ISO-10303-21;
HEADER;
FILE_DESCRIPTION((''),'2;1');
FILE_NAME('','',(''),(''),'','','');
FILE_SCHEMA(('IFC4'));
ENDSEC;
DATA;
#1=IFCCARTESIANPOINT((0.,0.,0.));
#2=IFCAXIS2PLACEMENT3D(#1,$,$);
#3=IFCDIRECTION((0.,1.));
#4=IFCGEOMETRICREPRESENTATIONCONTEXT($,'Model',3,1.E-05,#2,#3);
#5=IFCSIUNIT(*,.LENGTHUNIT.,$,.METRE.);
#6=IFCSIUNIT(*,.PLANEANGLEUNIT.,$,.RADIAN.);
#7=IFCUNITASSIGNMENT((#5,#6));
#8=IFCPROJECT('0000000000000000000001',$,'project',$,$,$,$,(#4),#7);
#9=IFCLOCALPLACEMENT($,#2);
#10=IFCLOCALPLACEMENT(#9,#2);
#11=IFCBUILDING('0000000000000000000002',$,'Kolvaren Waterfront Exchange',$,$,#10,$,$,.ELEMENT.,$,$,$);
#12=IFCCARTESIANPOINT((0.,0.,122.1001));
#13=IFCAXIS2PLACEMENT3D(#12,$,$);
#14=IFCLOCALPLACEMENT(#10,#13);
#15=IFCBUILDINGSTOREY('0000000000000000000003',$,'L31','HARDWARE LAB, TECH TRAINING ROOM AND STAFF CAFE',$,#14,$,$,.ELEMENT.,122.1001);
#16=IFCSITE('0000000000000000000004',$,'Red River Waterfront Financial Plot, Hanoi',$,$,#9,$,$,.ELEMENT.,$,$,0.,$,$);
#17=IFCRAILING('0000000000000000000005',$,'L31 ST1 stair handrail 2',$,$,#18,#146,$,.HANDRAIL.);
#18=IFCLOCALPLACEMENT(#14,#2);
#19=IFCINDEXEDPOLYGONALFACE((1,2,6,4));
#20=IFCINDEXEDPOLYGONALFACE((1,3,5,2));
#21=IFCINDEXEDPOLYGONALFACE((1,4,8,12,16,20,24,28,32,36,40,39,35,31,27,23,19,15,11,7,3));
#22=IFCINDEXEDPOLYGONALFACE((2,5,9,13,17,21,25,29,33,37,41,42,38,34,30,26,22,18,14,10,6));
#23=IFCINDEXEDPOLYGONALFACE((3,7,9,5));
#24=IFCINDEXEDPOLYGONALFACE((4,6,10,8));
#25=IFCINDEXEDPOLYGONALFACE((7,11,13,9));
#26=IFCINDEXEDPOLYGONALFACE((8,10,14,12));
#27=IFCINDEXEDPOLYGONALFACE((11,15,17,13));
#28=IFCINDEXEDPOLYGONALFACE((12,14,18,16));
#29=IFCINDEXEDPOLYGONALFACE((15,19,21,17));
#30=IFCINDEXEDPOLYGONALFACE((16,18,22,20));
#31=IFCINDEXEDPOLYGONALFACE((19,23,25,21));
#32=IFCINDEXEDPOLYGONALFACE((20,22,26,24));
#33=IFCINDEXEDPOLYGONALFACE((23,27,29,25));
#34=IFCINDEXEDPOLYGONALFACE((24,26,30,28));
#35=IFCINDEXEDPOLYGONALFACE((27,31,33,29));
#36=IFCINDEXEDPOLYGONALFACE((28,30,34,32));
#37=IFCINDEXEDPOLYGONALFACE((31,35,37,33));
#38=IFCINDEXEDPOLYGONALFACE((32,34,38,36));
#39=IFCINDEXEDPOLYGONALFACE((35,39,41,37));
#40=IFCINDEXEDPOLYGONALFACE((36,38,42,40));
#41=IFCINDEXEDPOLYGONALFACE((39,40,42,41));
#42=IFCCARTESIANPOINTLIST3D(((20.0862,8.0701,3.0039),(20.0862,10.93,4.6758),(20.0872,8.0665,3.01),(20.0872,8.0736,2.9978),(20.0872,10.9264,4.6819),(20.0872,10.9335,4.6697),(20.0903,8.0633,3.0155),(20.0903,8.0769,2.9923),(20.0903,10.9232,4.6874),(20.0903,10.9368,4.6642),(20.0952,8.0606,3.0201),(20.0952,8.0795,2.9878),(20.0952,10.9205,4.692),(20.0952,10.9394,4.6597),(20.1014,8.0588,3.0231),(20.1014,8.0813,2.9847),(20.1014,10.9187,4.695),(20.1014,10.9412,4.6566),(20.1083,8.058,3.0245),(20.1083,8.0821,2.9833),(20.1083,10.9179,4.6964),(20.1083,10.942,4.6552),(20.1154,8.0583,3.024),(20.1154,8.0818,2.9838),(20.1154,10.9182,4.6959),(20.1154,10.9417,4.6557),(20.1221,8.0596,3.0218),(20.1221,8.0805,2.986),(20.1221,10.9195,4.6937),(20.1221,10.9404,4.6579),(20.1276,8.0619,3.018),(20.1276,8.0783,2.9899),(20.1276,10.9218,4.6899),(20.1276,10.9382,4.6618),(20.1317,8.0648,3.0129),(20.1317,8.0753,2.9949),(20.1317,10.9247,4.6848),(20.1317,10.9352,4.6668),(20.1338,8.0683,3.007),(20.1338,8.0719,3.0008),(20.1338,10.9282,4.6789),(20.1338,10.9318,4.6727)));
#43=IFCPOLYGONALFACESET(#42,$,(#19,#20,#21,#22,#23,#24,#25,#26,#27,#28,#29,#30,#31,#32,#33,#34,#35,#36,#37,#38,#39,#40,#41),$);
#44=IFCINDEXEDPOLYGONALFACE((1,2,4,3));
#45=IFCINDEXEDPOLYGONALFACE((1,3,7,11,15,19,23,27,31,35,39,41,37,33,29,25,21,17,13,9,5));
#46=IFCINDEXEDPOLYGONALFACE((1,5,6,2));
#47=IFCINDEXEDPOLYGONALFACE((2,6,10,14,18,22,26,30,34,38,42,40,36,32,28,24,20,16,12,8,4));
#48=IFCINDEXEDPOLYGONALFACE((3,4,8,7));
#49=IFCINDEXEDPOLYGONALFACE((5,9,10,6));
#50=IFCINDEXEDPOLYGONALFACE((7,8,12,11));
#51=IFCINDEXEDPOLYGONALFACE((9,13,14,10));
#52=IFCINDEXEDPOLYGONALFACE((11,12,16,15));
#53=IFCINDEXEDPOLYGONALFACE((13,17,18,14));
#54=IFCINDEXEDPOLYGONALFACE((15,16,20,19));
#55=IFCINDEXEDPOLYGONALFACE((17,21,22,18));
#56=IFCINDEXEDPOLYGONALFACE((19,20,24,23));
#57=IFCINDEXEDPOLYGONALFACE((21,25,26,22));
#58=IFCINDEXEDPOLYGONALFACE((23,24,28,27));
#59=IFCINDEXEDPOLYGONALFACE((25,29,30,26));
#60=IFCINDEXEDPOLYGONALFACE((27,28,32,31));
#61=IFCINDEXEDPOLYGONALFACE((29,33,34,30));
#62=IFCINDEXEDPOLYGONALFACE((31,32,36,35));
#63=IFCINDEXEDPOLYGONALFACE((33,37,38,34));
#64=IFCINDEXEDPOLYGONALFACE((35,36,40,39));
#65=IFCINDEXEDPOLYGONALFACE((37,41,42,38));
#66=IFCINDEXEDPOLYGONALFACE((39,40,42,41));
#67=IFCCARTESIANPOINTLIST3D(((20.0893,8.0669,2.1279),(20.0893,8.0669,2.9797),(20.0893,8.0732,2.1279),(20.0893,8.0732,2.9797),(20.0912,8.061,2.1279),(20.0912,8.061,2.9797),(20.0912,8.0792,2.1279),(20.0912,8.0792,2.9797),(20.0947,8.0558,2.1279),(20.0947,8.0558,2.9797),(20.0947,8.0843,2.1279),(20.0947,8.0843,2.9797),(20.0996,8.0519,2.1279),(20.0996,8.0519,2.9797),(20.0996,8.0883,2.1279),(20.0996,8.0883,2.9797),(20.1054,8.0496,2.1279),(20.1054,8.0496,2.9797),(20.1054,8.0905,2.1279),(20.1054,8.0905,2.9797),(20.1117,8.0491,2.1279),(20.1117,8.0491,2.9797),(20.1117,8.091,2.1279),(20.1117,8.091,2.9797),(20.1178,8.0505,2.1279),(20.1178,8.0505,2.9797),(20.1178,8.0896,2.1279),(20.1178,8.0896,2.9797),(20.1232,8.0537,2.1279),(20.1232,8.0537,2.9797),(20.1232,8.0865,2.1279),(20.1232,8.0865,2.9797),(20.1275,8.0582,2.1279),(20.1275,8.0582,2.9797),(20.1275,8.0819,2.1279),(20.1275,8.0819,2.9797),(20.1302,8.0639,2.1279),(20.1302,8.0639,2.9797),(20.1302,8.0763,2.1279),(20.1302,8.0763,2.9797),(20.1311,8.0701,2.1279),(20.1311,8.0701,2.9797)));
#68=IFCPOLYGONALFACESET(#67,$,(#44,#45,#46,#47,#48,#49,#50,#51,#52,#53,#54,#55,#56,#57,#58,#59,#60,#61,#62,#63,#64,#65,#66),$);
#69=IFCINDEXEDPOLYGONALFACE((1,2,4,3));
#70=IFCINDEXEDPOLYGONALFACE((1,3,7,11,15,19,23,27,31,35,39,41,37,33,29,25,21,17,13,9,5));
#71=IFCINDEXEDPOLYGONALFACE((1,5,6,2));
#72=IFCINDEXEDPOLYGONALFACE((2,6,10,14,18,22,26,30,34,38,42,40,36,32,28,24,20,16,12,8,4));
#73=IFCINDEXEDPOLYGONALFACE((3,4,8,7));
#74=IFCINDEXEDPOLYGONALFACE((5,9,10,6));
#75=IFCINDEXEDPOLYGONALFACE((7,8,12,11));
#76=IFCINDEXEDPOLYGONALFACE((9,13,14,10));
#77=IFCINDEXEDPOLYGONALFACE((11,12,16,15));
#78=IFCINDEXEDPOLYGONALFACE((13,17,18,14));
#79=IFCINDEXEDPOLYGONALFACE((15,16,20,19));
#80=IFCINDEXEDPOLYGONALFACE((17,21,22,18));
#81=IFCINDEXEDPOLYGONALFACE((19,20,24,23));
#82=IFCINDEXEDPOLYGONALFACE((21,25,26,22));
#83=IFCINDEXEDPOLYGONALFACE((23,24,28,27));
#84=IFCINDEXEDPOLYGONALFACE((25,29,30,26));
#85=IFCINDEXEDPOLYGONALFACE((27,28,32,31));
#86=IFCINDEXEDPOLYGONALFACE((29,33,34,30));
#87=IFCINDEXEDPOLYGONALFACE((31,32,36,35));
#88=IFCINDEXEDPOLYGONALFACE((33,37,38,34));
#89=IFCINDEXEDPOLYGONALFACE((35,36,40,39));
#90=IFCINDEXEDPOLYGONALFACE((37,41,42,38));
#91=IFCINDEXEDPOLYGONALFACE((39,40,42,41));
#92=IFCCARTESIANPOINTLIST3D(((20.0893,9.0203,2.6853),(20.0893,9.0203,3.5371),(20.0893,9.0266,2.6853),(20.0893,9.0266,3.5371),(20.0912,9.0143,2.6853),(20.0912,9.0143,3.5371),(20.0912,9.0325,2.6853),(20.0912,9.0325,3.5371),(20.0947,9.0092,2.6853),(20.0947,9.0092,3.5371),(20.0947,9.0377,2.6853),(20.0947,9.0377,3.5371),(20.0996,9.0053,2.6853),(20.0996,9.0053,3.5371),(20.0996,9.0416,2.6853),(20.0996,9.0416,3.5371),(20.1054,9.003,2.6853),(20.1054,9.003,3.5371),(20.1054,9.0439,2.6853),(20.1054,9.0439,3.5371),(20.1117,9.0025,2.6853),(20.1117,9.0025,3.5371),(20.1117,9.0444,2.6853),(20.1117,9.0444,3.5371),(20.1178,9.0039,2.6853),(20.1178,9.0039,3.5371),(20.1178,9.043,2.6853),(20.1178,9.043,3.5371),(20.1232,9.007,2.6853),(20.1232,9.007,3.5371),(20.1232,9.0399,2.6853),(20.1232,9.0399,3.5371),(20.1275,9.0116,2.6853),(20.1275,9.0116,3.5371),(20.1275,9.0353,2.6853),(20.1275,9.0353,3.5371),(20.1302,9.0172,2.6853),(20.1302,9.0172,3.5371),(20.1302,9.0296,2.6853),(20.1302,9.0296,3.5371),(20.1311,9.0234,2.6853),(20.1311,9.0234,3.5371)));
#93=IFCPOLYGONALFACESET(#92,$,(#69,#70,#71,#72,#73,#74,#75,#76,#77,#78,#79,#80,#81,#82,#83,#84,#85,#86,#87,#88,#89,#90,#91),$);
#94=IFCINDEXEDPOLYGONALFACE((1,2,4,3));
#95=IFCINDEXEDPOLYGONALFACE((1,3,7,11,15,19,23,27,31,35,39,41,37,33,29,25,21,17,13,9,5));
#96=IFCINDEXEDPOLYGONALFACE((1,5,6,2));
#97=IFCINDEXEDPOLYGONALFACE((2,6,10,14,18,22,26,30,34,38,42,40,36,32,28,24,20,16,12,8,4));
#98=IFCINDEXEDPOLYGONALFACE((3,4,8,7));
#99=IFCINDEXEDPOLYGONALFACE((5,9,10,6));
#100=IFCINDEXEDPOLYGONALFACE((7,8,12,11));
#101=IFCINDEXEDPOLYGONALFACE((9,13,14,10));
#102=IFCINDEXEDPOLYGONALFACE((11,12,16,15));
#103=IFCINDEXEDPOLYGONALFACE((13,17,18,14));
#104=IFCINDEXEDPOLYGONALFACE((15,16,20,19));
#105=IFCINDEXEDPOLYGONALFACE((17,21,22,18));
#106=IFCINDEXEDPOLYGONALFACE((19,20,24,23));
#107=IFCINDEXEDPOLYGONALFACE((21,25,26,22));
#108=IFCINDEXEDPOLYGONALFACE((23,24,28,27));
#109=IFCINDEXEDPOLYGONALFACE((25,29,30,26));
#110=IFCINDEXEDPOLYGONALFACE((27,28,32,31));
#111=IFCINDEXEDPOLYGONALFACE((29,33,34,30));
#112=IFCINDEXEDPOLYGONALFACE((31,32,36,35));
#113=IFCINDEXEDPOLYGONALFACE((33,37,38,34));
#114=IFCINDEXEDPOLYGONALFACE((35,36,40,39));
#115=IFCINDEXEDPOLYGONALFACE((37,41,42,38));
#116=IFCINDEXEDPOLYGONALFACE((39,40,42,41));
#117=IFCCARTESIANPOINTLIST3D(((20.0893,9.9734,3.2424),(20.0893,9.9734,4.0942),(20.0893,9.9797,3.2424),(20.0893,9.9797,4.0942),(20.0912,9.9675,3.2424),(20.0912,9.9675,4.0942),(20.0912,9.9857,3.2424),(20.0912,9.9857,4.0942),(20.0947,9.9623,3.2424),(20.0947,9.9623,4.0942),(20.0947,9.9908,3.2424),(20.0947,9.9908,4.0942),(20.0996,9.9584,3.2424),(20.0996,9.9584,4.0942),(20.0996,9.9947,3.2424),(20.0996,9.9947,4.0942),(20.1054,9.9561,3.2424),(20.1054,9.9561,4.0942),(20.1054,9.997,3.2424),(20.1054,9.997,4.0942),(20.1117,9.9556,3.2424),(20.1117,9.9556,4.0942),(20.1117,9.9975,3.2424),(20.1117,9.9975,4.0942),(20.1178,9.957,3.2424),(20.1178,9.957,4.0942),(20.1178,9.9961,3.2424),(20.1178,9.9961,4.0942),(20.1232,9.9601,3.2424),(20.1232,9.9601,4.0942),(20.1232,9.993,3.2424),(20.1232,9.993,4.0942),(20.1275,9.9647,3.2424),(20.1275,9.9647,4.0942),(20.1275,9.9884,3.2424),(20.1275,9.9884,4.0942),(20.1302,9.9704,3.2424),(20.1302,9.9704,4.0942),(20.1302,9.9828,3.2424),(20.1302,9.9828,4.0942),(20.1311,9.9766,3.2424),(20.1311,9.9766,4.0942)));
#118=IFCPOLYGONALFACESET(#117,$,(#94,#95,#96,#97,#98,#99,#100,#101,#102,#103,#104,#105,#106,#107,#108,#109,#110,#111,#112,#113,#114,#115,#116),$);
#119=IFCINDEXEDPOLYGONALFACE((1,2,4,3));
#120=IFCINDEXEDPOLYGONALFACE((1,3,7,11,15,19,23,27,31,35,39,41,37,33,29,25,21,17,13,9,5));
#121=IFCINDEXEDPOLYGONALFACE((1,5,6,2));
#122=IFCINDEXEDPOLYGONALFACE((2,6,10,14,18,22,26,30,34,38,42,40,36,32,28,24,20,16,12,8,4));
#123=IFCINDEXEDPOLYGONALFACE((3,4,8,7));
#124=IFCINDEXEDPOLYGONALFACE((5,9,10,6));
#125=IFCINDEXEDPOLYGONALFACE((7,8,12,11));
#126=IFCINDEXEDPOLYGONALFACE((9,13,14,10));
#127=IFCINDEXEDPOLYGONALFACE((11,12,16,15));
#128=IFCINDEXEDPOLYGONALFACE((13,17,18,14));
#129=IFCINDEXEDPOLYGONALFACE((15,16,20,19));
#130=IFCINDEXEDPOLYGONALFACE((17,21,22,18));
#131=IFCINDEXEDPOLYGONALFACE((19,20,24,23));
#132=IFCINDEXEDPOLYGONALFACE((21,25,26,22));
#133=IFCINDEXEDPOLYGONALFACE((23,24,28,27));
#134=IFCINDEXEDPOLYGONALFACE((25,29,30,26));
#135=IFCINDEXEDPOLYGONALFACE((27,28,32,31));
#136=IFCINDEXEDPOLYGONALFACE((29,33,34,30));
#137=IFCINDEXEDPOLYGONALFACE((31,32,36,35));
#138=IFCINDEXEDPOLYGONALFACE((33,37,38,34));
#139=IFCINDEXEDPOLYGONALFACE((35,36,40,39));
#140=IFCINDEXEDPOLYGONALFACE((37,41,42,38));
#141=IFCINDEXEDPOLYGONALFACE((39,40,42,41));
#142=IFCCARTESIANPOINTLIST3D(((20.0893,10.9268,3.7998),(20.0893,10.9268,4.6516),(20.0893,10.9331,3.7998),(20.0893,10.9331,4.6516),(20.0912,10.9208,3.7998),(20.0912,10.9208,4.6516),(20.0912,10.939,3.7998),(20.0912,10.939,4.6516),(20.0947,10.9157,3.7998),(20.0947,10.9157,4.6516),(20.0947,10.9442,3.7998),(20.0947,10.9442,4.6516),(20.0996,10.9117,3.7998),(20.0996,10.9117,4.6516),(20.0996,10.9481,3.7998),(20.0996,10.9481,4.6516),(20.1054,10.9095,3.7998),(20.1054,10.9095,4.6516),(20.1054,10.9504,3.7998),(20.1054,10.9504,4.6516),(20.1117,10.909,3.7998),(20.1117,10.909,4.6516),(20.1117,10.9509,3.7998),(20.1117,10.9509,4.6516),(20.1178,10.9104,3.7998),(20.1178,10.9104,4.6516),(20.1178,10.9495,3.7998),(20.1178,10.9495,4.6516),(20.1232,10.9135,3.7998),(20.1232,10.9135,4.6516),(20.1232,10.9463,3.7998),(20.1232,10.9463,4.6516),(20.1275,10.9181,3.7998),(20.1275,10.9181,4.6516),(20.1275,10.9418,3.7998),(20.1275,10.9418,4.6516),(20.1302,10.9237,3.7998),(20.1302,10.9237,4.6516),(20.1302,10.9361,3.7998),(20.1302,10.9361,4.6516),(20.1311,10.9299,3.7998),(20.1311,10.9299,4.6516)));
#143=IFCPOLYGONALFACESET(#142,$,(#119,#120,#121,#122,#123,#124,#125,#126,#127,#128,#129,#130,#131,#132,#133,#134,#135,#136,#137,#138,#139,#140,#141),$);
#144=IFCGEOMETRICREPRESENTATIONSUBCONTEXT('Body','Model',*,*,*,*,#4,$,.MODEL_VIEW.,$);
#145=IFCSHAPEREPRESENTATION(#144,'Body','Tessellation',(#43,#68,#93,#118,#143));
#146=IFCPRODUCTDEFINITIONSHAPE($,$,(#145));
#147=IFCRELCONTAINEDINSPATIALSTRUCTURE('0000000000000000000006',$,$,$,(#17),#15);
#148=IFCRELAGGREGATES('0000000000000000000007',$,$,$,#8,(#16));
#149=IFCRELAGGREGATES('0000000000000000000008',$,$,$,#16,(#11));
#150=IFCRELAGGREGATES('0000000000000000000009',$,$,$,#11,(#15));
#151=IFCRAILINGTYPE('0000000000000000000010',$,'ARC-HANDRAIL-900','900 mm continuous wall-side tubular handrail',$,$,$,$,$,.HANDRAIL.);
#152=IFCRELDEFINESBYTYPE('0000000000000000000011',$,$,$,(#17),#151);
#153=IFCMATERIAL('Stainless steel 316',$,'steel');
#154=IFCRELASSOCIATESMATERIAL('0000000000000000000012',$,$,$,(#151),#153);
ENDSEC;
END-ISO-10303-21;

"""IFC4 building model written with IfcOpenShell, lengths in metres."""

from ifc_helpers import new_model, si_unit, direction, frame, origin, origin_2d, place, context, subcontext, project, spatial, circle, extrude, material, type_object, element, save


model = new_model("IFC4")

# Units and contexts
model_context = context("Model", 3, precision=1e-05, world=origin(), true_north=direction((0.0, 1.0)))
body_context = subcontext(model_context, "Body", "Model", "MODEL_VIEW")
ifc_project = project(units=[si_unit("LENGTHUNIT", "METRE"), si_unit("PLANEANGLEUNIT", "RADIAN")], contexts=[model_context])

# Site, building, storey
site_placement = place(None, origin())
site = spatial("IfcSite", under=ifc_project, at=site_placement, Name="Red River Waterfront Financial Plot, Hanoi", CompositionType="ELEMENT", RefElevation=0.0)
building_placement = place(site_placement, origin())
building = spatial("IfcBuilding", under=site, at=building_placement, Name="Kolvaren Waterfront Exchange", CompositionType="ELEMENT")
storey_placement = place(building_placement, frame((0.0, 0.0, 122.1001)))
storey = spatial("IfcBuildingStorey", under=building, at=storey_placement, Name="L31", Description="HARDWARE LAB, TECH TRAINING ROOM AND STAFF CAFE", CompositionType="ELEMENT", Elevation=122.1001)

# Railing
ifc_material_1 = material(Name="Stainless steel 316", Category="steel")
railing_type = type_object("IfcRailingType", Name="ARC-HANDRAIL-900", Description="900 mm continuous wall-side tubular handrail", PredefinedType="HANDRAIL", material=ifc_material_1)
railing_1_placement = place(storey_placement, frame((20.1101, 8.0701, 2.1279)))
element("IfcRailing", 1, at=railing_1_placement, inside=storey, type_object=railing_type, Name="L31 ST1 stair handrail 2", PredefinedType="HANDRAIL", context=body_context, shape_type="SweptSolid", body=[
    extrude(circle(Radius=0.0239, at=origin_2d()), frame((0.0, 0.0, 0.876), z_axis=(0.0, 0.863303, 0.504686), x_axis=(-1.0, 0.0, 0.0)), (0.0, 0.0, 1.0), 3.3127),
    extrude(circle(Radius=0.021, at=origin_2d()), origin(), (0.0, 0.0, 1.0), 0.8518),
    extrude(circle(Radius=0.021, at=origin_2d()), frame((0.0, 0.9534, 0.5574)), (0.0, 0.0, 1.0), 0.8518),
    extrude(circle(Radius=0.021, at=origin_2d()), frame((0.0, 1.9065, 1.1145)), (0.0, 0.0, 1.0), 0.8518),
    extrude(circle(Radius=0.021, at=origin_2d()), frame((0.0, 2.8599, 1.6719)), (0.0, 0.0, 1.0), 0.8518),
])

save(model, "model.ifc")
